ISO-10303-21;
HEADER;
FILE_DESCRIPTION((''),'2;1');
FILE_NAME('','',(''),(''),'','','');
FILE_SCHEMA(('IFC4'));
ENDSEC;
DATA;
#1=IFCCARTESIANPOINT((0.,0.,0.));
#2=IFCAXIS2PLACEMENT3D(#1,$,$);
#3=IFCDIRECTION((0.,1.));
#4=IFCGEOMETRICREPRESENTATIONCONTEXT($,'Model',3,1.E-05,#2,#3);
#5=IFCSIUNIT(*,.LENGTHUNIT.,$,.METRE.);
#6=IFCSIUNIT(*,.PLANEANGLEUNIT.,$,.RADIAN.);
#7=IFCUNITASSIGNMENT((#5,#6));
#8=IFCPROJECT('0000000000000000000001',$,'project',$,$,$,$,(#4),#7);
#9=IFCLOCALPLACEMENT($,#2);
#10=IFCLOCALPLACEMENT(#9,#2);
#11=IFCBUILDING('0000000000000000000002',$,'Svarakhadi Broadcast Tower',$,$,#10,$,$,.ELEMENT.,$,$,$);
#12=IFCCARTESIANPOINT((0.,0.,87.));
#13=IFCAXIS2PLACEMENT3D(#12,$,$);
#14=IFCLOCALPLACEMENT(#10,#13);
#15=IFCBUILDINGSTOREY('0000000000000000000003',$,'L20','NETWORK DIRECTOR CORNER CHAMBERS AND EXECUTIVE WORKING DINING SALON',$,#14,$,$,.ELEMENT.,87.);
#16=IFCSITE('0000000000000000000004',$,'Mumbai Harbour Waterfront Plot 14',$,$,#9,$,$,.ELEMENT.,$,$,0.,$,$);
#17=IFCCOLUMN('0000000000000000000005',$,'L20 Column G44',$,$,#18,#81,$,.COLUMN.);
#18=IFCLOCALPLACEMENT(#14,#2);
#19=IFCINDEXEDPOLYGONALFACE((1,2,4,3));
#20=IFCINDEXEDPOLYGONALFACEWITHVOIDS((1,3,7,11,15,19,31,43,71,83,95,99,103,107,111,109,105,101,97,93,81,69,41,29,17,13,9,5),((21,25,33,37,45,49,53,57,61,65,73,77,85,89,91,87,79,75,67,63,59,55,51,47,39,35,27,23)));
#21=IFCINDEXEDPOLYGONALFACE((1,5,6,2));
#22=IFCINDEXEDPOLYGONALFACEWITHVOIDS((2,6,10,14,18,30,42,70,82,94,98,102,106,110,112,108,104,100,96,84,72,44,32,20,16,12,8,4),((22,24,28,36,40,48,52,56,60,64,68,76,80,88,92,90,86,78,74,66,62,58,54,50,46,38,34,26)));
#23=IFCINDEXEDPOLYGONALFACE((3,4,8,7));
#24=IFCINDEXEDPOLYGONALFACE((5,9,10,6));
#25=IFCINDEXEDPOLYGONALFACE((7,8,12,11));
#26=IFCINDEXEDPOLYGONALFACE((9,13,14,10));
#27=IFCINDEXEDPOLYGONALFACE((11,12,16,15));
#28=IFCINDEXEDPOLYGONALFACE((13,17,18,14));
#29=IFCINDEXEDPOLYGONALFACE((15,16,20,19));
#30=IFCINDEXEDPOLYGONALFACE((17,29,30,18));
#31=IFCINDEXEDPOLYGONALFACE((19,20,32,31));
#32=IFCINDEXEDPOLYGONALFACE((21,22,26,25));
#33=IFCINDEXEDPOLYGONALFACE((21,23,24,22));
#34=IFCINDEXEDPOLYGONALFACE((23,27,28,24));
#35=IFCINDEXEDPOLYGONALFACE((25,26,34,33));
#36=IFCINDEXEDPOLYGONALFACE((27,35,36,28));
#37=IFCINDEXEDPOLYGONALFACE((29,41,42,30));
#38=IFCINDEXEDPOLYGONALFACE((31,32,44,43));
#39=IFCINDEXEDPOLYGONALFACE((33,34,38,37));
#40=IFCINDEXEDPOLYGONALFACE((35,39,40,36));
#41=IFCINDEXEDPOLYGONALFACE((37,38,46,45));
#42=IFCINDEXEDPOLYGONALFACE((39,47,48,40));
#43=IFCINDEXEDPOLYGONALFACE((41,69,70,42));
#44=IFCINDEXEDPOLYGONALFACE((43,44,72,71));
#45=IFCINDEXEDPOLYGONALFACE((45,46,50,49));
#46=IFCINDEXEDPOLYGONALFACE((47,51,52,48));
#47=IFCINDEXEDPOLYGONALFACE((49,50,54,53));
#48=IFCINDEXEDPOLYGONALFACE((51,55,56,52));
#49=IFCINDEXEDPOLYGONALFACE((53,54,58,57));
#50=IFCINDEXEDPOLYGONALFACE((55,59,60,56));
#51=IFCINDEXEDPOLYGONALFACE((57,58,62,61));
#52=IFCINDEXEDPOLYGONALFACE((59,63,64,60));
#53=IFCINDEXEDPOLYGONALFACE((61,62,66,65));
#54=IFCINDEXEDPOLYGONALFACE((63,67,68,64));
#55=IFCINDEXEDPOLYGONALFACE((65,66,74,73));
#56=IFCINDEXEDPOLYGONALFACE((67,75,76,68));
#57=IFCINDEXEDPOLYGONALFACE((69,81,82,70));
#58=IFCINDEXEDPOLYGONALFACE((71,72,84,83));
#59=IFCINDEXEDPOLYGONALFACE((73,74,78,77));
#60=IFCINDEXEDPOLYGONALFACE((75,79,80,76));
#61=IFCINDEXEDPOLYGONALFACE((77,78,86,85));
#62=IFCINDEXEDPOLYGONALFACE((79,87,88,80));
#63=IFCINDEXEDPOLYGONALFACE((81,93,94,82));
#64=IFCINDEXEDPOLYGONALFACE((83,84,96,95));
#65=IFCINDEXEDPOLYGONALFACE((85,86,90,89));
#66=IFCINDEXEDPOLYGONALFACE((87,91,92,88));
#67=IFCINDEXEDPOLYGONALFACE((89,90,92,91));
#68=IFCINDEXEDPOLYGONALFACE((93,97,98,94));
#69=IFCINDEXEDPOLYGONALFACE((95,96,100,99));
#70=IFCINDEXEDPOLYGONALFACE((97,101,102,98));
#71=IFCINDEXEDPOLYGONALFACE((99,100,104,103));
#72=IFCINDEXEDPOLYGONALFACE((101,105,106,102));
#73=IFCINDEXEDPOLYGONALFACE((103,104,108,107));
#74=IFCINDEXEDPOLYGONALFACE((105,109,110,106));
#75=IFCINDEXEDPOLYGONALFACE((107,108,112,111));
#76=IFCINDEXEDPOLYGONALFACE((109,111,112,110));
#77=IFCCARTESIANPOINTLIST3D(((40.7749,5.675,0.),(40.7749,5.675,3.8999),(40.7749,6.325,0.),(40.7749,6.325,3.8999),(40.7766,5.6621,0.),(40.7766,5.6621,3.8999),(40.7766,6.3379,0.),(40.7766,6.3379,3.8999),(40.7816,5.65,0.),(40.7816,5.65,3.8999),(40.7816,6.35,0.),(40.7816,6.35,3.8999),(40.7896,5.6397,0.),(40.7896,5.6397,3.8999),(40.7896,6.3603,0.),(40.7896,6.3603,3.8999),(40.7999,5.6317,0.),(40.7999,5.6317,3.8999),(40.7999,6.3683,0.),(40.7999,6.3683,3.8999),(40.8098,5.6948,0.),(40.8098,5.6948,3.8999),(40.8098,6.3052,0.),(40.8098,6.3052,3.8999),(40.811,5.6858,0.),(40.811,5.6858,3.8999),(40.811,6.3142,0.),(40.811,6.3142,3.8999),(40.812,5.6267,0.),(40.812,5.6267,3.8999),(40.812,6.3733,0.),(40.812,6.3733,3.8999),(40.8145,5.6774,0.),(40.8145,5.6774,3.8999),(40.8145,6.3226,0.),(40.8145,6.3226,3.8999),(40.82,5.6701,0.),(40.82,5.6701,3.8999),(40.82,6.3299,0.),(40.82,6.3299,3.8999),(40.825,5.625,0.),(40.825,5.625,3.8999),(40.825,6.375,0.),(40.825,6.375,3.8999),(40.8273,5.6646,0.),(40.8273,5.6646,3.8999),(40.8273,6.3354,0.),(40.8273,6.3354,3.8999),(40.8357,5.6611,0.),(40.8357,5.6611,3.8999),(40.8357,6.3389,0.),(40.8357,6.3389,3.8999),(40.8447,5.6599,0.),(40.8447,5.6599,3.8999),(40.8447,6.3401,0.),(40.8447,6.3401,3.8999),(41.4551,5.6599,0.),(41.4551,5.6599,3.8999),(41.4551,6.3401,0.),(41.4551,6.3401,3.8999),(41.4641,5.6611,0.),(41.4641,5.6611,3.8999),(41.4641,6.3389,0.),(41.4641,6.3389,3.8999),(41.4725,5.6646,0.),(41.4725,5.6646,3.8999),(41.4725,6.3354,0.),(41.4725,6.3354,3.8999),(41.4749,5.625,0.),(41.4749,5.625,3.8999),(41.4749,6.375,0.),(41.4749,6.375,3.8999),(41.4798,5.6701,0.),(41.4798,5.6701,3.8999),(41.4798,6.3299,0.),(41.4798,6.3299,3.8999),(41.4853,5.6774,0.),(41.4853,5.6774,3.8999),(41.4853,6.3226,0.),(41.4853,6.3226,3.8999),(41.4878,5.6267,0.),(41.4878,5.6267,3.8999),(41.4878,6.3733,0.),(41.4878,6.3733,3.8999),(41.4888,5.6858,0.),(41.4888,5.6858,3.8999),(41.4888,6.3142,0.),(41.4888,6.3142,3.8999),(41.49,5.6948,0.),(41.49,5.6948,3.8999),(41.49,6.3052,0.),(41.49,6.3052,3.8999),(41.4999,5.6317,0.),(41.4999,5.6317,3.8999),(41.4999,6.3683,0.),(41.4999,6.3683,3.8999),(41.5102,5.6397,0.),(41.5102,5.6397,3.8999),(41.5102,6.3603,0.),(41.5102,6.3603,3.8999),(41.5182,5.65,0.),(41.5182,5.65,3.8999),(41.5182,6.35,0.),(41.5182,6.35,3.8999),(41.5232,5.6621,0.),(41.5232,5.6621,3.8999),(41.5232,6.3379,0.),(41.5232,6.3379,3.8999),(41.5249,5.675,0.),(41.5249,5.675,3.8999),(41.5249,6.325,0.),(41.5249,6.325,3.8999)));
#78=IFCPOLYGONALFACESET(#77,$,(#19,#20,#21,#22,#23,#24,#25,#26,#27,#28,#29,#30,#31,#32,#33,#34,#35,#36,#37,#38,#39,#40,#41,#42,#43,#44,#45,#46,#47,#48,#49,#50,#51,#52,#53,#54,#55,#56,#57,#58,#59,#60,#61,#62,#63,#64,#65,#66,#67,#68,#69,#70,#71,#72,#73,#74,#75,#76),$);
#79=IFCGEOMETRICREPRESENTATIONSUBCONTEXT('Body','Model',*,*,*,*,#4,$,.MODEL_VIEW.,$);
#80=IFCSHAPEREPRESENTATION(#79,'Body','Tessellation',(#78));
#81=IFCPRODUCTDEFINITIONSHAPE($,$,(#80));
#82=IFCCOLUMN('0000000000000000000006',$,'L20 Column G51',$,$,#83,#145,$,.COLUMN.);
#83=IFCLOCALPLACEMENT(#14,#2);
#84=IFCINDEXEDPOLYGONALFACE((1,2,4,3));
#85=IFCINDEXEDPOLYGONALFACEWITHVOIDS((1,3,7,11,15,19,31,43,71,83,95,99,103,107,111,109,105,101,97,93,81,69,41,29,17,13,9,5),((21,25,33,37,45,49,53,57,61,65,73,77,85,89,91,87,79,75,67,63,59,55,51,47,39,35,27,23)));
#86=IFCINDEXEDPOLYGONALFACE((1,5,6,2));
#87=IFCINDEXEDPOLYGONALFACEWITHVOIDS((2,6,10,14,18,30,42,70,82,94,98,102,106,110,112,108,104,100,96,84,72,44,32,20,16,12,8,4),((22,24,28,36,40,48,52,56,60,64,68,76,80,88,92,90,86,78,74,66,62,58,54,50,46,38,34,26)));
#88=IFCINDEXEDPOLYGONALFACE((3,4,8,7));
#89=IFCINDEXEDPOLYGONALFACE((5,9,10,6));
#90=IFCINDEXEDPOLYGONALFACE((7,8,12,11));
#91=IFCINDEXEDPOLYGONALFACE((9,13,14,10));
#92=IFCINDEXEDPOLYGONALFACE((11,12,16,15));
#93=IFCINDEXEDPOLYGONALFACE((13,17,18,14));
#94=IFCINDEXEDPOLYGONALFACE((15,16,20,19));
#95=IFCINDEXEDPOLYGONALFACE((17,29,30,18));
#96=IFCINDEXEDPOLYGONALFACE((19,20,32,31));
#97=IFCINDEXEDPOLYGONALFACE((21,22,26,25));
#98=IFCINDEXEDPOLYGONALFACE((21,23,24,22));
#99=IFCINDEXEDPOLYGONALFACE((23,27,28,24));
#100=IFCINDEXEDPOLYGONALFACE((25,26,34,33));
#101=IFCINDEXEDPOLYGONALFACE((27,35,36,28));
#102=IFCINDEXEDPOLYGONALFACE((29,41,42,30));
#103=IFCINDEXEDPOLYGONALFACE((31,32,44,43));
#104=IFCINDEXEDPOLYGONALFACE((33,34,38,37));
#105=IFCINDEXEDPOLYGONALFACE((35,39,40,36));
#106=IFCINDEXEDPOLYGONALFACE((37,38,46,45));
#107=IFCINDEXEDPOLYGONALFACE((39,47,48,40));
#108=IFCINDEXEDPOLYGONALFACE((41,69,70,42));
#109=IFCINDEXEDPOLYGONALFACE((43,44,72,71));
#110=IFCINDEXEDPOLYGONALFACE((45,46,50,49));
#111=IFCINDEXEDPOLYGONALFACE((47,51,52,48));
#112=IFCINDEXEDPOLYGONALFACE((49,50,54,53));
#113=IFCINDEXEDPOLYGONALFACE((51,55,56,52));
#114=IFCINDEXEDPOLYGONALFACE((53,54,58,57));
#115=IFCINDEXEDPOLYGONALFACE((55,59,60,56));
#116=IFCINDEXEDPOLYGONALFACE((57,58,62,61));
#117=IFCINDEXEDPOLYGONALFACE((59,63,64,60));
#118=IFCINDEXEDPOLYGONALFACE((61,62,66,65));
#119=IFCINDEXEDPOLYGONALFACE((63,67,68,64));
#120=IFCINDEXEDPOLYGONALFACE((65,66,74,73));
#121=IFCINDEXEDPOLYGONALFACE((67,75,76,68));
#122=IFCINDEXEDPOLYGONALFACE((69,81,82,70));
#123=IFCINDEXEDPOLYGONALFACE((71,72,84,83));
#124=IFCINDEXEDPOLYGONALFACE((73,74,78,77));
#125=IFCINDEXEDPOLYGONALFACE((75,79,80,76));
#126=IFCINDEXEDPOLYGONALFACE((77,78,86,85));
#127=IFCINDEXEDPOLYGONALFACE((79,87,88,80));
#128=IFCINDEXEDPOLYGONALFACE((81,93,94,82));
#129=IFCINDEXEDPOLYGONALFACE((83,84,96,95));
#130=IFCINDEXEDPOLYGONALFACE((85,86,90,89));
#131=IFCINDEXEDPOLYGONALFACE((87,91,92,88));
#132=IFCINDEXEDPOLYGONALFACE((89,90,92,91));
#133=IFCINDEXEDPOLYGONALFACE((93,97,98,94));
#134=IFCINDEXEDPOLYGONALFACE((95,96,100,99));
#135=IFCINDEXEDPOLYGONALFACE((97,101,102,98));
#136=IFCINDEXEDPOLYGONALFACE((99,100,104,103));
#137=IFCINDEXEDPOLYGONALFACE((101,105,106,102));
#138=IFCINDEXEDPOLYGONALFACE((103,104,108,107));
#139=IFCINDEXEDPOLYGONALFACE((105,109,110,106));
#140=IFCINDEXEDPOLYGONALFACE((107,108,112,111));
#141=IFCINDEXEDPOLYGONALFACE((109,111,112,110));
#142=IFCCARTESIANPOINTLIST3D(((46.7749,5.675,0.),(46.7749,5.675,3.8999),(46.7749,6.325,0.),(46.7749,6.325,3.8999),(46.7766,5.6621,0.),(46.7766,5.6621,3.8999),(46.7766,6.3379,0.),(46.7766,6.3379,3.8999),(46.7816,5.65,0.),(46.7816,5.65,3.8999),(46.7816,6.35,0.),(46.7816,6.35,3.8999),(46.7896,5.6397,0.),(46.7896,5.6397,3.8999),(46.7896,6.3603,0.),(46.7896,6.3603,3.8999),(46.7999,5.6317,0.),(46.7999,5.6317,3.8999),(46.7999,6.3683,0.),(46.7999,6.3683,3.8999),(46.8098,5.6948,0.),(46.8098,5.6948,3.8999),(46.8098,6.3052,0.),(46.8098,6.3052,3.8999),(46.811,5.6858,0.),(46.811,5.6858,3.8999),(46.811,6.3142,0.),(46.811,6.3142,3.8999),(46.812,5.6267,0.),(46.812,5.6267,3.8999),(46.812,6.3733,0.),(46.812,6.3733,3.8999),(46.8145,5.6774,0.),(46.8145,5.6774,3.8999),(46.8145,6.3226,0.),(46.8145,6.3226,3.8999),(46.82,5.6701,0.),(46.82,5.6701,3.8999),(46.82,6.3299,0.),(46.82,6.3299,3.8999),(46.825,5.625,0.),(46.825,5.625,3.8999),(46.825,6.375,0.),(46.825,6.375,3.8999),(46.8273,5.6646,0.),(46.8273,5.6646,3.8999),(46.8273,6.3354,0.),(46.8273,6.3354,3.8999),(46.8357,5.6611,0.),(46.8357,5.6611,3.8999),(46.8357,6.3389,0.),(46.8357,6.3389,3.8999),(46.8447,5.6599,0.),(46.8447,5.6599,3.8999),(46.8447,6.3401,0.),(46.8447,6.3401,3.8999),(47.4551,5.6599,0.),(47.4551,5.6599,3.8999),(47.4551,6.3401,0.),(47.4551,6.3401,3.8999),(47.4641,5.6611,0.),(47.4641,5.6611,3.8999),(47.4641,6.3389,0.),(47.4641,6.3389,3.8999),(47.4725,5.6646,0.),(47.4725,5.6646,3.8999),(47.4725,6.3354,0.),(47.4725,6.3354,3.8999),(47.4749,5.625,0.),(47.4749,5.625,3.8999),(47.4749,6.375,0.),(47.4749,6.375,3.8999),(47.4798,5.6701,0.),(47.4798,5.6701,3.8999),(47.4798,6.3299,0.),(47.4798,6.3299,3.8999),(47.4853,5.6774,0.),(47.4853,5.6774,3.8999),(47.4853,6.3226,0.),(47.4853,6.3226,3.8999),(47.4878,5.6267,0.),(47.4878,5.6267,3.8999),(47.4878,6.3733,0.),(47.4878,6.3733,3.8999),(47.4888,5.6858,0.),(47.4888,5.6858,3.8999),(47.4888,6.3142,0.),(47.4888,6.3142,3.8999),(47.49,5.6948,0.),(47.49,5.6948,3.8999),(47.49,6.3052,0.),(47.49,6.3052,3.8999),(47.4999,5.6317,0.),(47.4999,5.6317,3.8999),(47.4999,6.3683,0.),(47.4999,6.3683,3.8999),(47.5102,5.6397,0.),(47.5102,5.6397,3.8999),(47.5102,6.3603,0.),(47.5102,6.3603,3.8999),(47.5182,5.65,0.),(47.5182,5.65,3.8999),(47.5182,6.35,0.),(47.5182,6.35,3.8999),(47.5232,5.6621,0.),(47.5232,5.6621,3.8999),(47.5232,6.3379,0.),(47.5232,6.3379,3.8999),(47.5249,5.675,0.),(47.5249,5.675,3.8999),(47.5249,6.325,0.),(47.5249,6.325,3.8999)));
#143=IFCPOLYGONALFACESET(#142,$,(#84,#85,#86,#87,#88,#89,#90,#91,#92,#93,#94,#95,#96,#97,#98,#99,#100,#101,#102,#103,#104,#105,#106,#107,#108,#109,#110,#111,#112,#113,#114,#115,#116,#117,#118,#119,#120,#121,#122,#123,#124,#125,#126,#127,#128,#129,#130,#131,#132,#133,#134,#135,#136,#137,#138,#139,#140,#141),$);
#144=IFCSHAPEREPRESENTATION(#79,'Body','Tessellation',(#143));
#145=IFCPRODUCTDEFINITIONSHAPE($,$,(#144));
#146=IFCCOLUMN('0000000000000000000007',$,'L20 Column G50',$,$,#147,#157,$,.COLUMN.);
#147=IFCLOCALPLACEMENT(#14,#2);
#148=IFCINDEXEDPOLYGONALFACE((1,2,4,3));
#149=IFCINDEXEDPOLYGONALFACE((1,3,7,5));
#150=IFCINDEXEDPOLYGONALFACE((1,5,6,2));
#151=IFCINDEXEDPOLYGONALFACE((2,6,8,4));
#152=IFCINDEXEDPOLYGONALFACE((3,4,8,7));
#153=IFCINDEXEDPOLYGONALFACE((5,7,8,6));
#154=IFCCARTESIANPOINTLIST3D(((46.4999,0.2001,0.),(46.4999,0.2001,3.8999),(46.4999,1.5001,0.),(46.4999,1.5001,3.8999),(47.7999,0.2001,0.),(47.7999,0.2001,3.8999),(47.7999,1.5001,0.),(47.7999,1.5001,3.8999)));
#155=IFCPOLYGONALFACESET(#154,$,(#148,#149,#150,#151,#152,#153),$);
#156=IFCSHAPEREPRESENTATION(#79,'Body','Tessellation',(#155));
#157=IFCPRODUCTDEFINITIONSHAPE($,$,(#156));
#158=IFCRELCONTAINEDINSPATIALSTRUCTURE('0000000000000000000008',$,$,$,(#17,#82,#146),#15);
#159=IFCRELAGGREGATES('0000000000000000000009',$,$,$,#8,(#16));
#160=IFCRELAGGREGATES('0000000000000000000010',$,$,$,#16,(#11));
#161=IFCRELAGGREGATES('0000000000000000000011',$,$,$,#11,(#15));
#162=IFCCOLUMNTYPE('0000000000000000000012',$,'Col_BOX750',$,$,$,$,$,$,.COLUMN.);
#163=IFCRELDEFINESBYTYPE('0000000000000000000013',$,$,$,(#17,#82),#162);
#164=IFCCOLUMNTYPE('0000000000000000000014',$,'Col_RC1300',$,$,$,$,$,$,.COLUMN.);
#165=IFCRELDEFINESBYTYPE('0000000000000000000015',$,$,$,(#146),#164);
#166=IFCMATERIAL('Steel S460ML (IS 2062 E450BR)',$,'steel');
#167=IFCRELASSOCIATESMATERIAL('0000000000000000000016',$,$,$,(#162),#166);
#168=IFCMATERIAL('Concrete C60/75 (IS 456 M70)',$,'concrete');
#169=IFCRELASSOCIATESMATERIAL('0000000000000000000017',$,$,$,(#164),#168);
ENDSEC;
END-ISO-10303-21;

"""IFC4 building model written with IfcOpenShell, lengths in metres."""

from ifc_helpers import new_model, si_unit, direction, frame, origin, origin_2d, place, context, subcontext, project, spatial, rectangle, hollow_rectangle, extrude, material, material_profile, profile_set, type_object, element, save


model = new_model("IFC4")

# Units and contexts
model_context = context("Model", 3, precision=1e-05, world=origin(), true_north=direction((0.0, 1.0)))
body_context = subcontext(model_context, "Body", "Model", "MODEL_VIEW")
ifc_project = project(units=[si_unit("LENGTHUNIT", "METRE"), si_unit("PLANEANGLEUNIT", "RADIAN")], contexts=[model_context])

# Site, building, storey
site_placement = place(None, origin())
site = spatial("IfcSite", under=ifc_project, at=site_placement, Name="Mumbai Harbour Waterfront Plot 14", CompositionType="ELEMENT", RefElevation=0.0)
building_placement = place(site_placement, origin())
building = spatial("IfcBuilding", under=site, at=building_placement, Name="Svarakhadi Broadcast Tower", CompositionType="ELEMENT")
storey_placement = place(building_placement, frame((0.0, 0.0, 87.0)))
storey = spatial("IfcBuildingStorey", under=building, at=storey_placement, Name="L20", Description="NETWORK DIRECTOR CORNER CHAMBERS AND EXECUTIVE WORKING DINING SALON", CompositionType="ELEMENT", Elevation=87.0)

# Columns
ifc_material_1 = material(Name="Steel S460ML (IS 2062 E450BR)", Category="steel")
ifc_material_profile_1 = material_profile(ifc_material_1, hollow_rectangle(XDim=0.75, YDim=0.75, WallThickness=0.0349, InnerFilletRadius=0.0349, OuterFilletRadius=0.05, at=origin_2d()), Name="BOX 750x750x35")
ifc_profile_set_1 = profile_set([ifc_material_profile_1], Name="Steel S460ML (IS 2062 E450BR)")
column_type_1 = type_object("IfcColumnType", Name="Col_BOX750", PredefinedType="COLUMN", material=ifc_profile_set_1)
for number, where, z_axis, x_axis, name in (
    (1, (41.1499, 6.0, 0.0), (0.0, 0.0, 1.0), (1.0, 0.0, 0.0), "L20 Column G44"),
    (2, (47.1499, 6.0, 0.0), (0.0, 0.0, 1.0), (1.0, 0.0, 0.0), "L20 Column G51"),
):
    element("IfcColumn", number, at=place(storey_placement, frame(where, z_axis=z_axis, x_axis=x_axis)), inside=storey, type_object=column_type_1, Name=name, PredefinedType="COLUMN", context=body_context, shape_type="SweptSolid", body=[
        extrude(hollow_rectangle(XDim=0.75, YDim=0.75, WallThickness=0.0349, InnerFilletRadius=0.0349, OuterFilletRadius=0.05, at=origin_2d()), origin(), (0.0, 0.0, 1.0), 3.8999),
    ])
ifc_material_2 = material(Name="Concrete C60/75 (IS 456 M70)", Category="concrete")
ifc_material_profile_2 = material_profile(ifc_material_2, rectangle(XDim=1.3, YDim=1.3, at=origin_2d()), Name="RC 1300x1300")
ifc_profile_set_2 = profile_set([ifc_material_profile_2], Name="Concrete C60/75 (IS 456 M70)")
column_type_2 = type_object("IfcColumnType", Name="Col_RC1300", PredefinedType="COLUMN", material=ifc_profile_set_2)
column_1_placement = place(storey_placement, frame((47.1499, 0.8501, 0.0), z_axis=(0.0, 0.0, 1.0), x_axis=(1.0, 0.0, 0.0)))
element("IfcColumn", 3, at=column_1_placement, inside=storey, type_object=column_type_2, Name="L20 Column G50", PredefinedType="COLUMN", context=body_context, shape_type="SweptSolid", body=[
    extrude(rectangle(XDim=1.3, YDim=1.3, at=origin_2d()), origin(), (0.0, 0.0, 1.0), 3.8999),
])

save(model, "model.ifc")
